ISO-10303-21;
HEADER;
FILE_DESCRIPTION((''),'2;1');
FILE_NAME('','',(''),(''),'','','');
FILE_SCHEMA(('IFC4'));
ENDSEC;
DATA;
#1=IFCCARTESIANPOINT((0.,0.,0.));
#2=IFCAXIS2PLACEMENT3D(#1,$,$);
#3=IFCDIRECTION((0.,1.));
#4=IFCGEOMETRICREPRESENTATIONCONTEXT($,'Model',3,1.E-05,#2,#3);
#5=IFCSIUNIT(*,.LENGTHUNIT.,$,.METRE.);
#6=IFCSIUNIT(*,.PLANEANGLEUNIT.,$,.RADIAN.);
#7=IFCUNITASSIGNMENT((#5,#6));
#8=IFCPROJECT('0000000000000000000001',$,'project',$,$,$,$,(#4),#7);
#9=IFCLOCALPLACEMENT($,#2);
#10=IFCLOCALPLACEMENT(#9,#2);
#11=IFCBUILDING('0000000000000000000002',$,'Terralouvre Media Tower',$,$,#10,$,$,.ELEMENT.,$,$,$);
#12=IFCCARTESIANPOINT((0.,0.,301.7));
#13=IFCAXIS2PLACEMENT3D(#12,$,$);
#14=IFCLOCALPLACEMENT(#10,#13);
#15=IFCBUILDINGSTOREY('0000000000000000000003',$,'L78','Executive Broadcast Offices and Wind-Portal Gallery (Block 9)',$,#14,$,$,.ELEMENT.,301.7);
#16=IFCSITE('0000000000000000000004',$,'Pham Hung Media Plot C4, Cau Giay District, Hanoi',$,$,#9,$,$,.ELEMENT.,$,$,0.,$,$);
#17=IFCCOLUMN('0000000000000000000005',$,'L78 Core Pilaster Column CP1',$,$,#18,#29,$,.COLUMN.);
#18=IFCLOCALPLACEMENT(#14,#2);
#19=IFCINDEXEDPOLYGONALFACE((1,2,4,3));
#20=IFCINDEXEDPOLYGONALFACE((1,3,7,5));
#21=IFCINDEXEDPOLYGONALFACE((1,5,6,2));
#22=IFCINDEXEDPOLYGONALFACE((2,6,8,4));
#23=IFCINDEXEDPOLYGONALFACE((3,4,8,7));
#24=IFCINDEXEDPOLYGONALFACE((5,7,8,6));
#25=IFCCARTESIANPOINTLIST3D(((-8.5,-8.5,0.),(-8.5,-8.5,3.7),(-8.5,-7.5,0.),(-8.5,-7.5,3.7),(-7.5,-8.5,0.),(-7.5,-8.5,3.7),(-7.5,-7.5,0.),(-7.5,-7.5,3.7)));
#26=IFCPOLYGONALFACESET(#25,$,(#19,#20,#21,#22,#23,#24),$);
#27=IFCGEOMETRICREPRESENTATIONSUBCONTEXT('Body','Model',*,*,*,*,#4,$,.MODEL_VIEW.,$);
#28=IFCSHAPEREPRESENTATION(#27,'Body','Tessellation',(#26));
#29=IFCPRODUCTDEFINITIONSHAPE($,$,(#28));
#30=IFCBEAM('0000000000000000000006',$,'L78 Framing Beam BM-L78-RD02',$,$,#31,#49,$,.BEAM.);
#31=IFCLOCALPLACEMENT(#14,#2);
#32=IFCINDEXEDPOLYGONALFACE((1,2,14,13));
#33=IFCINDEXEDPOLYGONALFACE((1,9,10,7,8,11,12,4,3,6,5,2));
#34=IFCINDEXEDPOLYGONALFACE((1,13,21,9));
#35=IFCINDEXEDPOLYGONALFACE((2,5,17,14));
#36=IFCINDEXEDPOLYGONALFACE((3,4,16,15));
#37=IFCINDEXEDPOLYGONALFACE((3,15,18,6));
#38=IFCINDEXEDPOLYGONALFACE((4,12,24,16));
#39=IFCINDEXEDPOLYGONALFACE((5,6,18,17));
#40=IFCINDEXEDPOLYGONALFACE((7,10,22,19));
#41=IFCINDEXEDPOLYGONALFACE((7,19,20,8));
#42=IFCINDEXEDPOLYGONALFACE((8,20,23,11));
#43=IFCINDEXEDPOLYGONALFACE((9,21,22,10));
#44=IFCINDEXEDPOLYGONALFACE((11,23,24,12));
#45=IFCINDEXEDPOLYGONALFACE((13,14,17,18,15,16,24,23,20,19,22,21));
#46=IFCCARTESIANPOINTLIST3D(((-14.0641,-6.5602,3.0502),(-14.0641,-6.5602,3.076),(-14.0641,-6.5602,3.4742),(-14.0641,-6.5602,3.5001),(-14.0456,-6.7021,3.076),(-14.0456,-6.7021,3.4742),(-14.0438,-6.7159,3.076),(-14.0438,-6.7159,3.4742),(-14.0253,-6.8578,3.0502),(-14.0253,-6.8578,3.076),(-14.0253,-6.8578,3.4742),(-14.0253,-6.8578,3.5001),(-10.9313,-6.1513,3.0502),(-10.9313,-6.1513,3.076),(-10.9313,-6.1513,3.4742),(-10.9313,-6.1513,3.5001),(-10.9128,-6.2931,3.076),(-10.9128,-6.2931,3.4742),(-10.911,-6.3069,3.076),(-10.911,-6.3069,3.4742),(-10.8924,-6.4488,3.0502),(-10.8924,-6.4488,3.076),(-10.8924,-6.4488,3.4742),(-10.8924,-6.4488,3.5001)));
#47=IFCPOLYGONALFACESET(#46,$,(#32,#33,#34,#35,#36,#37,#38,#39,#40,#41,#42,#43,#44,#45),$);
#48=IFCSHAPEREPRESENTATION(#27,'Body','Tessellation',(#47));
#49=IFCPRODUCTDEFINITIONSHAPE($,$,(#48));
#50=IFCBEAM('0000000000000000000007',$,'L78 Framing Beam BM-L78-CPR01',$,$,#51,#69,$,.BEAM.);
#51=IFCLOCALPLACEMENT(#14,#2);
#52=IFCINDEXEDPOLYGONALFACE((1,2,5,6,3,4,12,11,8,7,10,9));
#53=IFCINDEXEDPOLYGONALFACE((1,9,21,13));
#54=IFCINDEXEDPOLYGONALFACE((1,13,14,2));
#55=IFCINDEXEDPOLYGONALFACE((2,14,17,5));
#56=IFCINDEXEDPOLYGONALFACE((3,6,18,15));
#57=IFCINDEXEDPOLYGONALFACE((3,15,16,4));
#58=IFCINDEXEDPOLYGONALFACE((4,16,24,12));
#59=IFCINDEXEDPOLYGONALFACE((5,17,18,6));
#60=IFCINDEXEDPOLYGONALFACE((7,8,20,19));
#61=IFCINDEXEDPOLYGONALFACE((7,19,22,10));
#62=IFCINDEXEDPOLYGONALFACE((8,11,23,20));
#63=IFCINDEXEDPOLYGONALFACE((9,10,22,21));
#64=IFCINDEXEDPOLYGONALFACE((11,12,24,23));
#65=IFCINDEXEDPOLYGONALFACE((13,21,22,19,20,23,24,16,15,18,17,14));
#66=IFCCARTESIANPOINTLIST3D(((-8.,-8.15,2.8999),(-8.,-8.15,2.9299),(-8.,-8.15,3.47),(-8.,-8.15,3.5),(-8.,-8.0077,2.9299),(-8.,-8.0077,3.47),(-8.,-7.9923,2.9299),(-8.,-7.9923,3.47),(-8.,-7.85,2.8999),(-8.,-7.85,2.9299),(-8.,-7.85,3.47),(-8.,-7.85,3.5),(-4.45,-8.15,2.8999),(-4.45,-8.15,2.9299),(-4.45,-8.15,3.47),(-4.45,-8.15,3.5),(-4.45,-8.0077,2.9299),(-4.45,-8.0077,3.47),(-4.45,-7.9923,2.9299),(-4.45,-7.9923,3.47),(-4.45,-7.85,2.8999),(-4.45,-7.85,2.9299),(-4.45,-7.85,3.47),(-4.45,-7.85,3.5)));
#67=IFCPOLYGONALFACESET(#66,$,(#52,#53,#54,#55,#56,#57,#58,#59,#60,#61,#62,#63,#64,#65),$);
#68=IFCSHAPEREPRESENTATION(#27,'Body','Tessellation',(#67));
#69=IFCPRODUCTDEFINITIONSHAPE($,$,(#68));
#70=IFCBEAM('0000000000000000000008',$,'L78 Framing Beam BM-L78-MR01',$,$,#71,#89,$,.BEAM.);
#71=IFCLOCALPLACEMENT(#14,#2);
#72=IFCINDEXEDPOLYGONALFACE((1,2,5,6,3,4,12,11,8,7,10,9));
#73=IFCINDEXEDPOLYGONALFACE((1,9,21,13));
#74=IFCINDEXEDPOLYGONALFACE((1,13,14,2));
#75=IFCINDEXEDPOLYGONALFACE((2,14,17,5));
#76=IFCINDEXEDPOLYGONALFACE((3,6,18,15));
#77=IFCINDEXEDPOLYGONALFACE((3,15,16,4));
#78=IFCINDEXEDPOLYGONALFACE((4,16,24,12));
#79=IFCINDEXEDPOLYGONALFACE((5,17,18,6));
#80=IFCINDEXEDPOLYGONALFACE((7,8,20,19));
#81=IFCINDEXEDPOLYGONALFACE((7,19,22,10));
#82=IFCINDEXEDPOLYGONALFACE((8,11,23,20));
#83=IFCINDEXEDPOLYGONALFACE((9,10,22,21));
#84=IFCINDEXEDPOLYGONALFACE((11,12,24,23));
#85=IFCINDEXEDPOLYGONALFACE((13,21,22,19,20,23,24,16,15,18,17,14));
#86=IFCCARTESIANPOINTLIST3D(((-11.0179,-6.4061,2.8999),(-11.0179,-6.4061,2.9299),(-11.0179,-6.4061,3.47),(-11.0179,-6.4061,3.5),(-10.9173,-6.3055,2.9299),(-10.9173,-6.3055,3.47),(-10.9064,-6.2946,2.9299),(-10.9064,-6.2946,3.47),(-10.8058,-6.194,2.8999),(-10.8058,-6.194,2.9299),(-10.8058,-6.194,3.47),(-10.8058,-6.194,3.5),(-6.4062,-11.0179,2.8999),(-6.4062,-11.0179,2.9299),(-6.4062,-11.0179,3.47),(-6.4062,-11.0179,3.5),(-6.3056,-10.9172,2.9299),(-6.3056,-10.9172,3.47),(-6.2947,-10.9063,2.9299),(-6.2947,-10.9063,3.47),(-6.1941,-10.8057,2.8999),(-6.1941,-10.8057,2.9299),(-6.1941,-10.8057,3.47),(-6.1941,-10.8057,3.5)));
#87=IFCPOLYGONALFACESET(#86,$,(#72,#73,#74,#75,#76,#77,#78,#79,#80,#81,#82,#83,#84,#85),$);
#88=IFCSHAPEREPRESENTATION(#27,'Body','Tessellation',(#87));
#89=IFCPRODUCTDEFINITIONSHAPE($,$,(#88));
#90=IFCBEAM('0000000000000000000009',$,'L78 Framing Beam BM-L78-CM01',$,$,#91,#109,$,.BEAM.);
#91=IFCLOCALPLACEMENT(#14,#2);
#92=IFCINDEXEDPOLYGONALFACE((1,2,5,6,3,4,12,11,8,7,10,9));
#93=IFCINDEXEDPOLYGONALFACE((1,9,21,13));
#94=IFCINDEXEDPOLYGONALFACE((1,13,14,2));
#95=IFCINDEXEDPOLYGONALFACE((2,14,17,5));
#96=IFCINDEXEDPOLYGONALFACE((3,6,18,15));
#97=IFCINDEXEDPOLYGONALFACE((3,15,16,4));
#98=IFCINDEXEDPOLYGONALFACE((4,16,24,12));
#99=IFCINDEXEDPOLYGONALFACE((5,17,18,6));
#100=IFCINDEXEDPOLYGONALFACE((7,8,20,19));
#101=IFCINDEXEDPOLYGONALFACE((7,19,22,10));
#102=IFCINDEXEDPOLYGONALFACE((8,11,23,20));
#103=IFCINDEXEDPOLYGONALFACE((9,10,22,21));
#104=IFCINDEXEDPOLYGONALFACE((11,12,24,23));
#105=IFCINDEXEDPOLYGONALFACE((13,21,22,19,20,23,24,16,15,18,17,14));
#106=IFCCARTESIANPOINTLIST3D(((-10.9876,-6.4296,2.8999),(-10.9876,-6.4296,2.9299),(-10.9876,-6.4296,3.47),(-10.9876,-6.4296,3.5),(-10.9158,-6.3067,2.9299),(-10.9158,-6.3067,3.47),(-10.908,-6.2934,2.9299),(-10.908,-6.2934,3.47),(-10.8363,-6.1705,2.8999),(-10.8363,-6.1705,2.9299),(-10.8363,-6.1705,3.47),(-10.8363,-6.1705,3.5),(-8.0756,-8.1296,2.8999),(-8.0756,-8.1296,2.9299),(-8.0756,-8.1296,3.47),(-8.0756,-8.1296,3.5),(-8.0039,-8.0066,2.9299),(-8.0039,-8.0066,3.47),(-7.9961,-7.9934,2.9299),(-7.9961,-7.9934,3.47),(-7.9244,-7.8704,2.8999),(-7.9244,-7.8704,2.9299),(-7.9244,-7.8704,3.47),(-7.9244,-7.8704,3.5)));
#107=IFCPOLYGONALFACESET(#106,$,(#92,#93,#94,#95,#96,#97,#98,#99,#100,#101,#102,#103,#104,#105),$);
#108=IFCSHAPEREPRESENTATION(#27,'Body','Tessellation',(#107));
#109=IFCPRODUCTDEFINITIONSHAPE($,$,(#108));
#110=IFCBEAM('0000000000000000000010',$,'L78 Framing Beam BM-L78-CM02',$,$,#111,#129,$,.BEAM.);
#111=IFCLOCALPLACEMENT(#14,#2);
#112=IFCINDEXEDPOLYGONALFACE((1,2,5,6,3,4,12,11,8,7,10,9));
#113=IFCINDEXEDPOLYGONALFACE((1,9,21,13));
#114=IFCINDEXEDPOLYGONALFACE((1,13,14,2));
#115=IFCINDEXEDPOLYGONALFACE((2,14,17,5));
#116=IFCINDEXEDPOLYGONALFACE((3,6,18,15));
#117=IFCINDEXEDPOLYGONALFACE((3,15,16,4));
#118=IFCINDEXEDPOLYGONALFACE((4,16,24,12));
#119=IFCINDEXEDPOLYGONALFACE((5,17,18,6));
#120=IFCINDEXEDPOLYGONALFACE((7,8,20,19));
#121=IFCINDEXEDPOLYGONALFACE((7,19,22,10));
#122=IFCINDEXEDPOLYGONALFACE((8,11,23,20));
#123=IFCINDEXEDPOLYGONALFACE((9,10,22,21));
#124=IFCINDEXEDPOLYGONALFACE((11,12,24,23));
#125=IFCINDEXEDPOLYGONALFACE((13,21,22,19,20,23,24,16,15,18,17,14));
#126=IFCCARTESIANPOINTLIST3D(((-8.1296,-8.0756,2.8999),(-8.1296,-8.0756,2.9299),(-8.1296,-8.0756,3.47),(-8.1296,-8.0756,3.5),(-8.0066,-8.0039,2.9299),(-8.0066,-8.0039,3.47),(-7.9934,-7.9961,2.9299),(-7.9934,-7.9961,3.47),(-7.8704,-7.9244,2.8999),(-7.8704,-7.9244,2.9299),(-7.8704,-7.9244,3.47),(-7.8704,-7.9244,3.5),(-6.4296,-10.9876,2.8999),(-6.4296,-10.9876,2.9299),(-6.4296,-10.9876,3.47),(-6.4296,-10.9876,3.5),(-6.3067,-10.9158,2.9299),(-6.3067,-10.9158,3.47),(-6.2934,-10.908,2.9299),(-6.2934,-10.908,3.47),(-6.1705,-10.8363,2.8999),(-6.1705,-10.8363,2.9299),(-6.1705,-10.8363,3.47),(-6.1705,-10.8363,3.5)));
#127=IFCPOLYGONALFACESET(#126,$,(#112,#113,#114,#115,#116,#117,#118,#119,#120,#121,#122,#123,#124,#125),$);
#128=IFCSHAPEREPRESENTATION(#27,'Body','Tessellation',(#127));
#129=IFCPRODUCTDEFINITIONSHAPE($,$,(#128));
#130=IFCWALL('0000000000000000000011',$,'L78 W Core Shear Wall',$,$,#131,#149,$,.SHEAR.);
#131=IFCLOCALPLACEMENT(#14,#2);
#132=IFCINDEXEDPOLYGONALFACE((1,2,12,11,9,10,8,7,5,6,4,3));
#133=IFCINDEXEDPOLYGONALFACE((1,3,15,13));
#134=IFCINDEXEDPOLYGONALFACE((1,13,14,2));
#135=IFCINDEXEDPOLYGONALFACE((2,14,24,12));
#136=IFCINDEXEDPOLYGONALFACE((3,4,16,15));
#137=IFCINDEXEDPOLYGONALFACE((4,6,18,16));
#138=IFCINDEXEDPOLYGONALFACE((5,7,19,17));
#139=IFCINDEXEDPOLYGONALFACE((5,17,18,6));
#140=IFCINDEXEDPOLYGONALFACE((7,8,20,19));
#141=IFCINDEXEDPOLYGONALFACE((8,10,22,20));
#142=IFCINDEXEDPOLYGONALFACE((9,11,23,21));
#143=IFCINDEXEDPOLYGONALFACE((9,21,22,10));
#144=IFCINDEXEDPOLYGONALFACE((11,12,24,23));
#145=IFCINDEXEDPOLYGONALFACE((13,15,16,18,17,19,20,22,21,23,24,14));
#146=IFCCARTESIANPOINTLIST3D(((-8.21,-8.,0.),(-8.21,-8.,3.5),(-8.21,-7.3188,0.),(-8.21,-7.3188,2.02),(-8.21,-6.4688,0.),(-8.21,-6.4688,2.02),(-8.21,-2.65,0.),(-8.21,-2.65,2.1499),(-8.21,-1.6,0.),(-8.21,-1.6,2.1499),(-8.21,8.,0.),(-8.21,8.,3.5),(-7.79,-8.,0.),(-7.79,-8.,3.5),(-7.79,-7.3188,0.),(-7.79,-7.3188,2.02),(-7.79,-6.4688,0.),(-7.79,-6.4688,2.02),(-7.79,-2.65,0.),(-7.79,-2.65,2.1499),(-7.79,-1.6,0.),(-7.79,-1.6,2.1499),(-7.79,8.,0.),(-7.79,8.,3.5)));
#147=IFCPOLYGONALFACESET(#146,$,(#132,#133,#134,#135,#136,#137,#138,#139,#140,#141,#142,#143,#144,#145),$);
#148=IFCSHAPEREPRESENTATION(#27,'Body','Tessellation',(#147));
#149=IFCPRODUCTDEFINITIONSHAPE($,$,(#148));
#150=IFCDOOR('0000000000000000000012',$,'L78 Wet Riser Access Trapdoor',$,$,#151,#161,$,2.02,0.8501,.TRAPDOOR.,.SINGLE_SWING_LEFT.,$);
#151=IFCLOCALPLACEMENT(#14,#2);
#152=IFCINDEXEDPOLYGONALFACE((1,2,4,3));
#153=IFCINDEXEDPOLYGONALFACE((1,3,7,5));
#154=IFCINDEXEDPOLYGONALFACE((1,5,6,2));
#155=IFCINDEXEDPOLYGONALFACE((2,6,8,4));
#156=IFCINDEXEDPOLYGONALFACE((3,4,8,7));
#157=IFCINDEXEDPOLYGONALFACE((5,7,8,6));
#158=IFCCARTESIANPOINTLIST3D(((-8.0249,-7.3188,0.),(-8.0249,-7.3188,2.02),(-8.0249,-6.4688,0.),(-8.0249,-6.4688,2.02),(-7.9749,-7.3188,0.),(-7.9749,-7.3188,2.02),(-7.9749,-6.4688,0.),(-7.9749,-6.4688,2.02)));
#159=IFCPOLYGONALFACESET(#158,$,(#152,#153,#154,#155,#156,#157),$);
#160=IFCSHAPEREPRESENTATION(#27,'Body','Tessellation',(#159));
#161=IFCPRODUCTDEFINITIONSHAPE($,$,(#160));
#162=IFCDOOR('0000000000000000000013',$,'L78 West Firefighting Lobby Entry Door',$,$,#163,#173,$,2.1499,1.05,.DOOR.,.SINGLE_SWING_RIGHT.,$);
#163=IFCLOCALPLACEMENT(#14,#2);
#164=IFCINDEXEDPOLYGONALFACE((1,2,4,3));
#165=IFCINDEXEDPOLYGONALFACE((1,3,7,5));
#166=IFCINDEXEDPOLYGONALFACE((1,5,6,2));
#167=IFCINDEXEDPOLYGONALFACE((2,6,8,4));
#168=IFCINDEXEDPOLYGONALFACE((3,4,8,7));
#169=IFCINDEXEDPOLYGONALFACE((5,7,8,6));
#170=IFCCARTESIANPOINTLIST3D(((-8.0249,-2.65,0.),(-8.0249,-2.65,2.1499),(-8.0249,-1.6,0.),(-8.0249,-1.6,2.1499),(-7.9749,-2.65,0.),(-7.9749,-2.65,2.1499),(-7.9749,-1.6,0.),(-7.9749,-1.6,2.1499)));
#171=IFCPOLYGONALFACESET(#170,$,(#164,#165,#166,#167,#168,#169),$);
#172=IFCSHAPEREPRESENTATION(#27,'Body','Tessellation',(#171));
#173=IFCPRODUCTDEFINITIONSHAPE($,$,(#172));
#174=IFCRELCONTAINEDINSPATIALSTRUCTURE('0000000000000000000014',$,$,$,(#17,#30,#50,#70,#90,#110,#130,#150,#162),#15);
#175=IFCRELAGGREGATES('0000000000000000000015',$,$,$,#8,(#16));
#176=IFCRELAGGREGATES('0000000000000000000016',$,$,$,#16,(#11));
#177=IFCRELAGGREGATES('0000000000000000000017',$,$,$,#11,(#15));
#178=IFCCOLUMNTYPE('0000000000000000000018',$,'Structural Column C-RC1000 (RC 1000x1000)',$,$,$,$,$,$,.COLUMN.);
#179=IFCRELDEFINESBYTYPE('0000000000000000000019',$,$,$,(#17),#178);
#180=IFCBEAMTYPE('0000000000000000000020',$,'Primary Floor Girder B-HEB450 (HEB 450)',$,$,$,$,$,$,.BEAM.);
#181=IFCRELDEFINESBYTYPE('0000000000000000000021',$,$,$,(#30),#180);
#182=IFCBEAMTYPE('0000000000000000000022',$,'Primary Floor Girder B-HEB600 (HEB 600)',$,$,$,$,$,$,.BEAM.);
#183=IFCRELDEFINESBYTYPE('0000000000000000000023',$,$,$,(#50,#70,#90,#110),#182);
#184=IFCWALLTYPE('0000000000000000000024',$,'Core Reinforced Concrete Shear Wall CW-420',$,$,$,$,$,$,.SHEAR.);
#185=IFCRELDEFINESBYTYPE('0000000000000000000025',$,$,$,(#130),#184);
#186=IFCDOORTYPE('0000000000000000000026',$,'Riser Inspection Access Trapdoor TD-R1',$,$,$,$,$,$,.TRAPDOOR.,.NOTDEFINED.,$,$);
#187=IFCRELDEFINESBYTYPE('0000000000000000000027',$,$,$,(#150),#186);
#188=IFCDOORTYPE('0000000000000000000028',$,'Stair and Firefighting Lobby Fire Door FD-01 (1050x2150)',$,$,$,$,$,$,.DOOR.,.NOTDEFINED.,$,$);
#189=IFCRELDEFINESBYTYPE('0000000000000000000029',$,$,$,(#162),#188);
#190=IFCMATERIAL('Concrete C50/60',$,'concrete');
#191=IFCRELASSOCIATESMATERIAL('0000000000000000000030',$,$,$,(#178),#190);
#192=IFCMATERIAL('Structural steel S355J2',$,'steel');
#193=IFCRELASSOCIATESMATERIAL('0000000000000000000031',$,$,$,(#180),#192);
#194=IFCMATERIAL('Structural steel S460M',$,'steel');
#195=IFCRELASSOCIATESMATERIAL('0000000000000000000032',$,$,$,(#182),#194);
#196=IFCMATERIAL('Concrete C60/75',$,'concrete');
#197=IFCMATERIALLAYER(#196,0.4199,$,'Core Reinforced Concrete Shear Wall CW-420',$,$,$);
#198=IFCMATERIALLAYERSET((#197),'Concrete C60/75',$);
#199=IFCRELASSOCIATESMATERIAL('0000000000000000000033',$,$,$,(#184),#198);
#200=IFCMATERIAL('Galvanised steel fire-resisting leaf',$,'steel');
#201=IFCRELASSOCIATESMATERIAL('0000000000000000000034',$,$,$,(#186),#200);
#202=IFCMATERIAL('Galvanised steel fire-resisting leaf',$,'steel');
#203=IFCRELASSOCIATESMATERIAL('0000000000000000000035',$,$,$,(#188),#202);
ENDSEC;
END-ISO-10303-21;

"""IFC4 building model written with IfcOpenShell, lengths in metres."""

from ifc_helpers import new_model, si_unit, direction, frame, frame_2d, origin, origin_2d, place, context, subcontext, project, spatial, rectangle, i_section, extrude, material, layer, layer_set, material_profile, profile_set, type_object, element, fill, save


model = new_model("IFC4")

# Units and contexts
model_context = context("Model", 3, precision=1e-05, world=origin(), true_north=direction((0.0, 1.0)))
body_context = subcontext(model_context, "Body", "Model", "MODEL_VIEW")
ifc_project = project(units=[si_unit("LENGTHUNIT", "METRE"), si_unit("PLANEANGLEUNIT", "RADIAN")], contexts=[model_context])

# Site, building, storey
site_placement = place(None, origin())
site = spatial("IfcSite", under=ifc_project, at=site_placement, Name="Pham Hung Media Plot C4, Cau Giay District, Hanoi", CompositionType="ELEMENT", RefElevation=0.0)
building_placement = place(site_placement, origin())
building = spatial("IfcBuilding", under=site, at=building_placement, Name="Terralouvre Media Tower", CompositionType="ELEMENT")
storey_placement = place(building_placement, frame((0.0, 0.0, 301.7)))
storey = spatial("IfcBuildingStorey", under=building, at=storey_placement, Name="L78", Description="Executive Broadcast Offices and Wind-Portal Gallery (Block 9)", CompositionType="ELEMENT", Elevation=301.7)

# Column
ifc_material_1 = material(Name="Concrete C50/60", Category="concrete")
ifc_material_profile_1 = material_profile(ifc_material_1, rectangle(XDim=1.0, YDim=1.0, at=origin_2d()), Name="RC 1000x1000")
ifc_profile_set_1 = profile_set([ifc_material_profile_1], Name="Concrete C50/60")
column_type = type_object("IfcColumnType", Name="Structural Column C-RC1000 (RC 1000x1000)", PredefinedType="COLUMN", material=ifc_profile_set_1)
column_placement = place(storey_placement, frame((-8.0, -8.0, 0.0), z_axis=(0.0, 0.0, 1.0), x_axis=(1.0, 0.0, 0.0)))
element("IfcColumn", 1, at=column_placement, inside=storey, type_object=column_type, Name="L78 Core Pilaster Column CP1", PredefinedType="COLUMN", context=body_context, shape_type="SweptSolid", body=[
    extrude(rectangle(XDim=1.0, YDim=1.0, at=origin_2d()), origin(), (0.0, 0.0, 1.0), 3.7),
])

# Beams
ifc_material_2 = material(Name="Structural steel S355J2", Category="steel")
ifc_material_profile_2 = material_profile(ifc_material_2, i_section(OverallWidth=0.3, OverallDepth=0.45, WebThickness=0.0139, FlangeThickness=0.0259, at=origin_2d()), Name="HEB 450")
ifc_profile_set_2 = profile_set([ifc_material_profile_2], Name="Structural steel S355J2")
beam_type_1 = type_object("IfcBeamType", Name="Primary Floor Girder B-HEB450 (HEB 450)", PredefinedType="BEAM", material=ifc_profile_set_2)
beam_1_placement = place(storey_placement, frame((-10.9119, -6.3, 3.2751), z_axis=(-0.991588, -0.129435, 0.0), x_axis=(0.129435, -0.991588, 0.0)))
element("IfcBeam", 2, at=beam_1_placement, inside=storey, type_object=beam_type_1, Name="L78 Framing Beam BM-L78-RD02", PredefinedType="BEAM", context=body_context, shape_type="SweptSolid", body=[
    extrude(i_section(OverallWidth=0.3, OverallDepth=0.45, WebThickness=0.0139, FlangeThickness=0.0259, at=origin_2d()), origin(), (0.0, 0.0, 1.0), 3.1594),
])
ifc_material_3 = material(Name="Structural steel S460M", Category="steel")
ifc_material_profile_3 = material_profile(ifc_material_3, i_section(OverallWidth=0.3, OverallDepth=0.6001, WebThickness=0.0154, FlangeThickness=0.03, at=origin_2d()), Name="HEB 600")
ifc_profile_set_3 = profile_set([ifc_material_profile_3], Name="Structural steel S460M")
beam_type_2 = type_object("IfcBeamType", Name="Primary Floor Girder B-HEB600 (HEB 600)", PredefinedType="BEAM", material=ifc_profile_set_3)
beam_2_placement = place(storey_placement, frame((-8.0, -8.0, 3.2), z_axis=(1.0, 0.0, 0.0), x_axis=(0.0, 1.0, 0.0)))
element("IfcBeam", 3, at=beam_2_placement, inside=storey, type_object=beam_type_2, Name="L78 Framing Beam BM-L78-CPR01", PredefinedType="BEAM", context=body_context, shape_type="SweptSolid", body=[
    extrude(i_section(OverallWidth=0.3, OverallDepth=0.6001, WebThickness=0.0154, FlangeThickness=0.03, at=origin_2d()), origin(), (0.0, 0.0, 1.0), 3.55),
])
beam_3_placement = place(storey_placement, frame((-10.9119, -6.3, 3.2), z_axis=(0.707107, -0.707107, 0.0), x_axis=(0.707107, 0.707107, 0.0)))
element("IfcBeam", 4, at=beam_3_placement, inside=storey, type_object=beam_type_2, Name="L78 Framing Beam BM-L78-MR01", PredefinedType="BEAM", context=body_context, shape_type="SweptSolid", body=[
    extrude(i_section(OverallWidth=0.3, OverallDepth=0.6001, WebThickness=0.0154, FlangeThickness=0.03, at=origin_2d()), origin(), (0.0, 0.0, 1.0), 6.522),
])
for number, where, z_axis, x_axis, name in (
    (5, (-8.0, -8.0, 3.2), (-0.863603, 0.504173, 0.0), (-0.504173, -0.863603, 0.0), "L78 Framing Beam BM-L78-CM01"),
    (6, (-8.0, -8.0, 3.2), (0.504173, -0.863603, 0.0), (0.863603, 0.504173, 0.0), "L78 Framing Beam BM-L78-CM02"),
):
    element("IfcBeam", number, at=place(storey_placement, frame(where, z_axis=z_axis, x_axis=x_axis)), inside=storey, type_object=beam_type_2, Name=name, PredefinedType="BEAM", context=body_context, shape_type="SweptSolid", body=[
        extrude(i_section(OverallWidth=0.3, OverallDepth=0.6001, WebThickness=0.0154, FlangeThickness=0.03, at=origin_2d()), origin(), (0.0, 0.0, 1.0), 3.3718),
    ])

# Wall, openings, doors
ifc_material_4 = material(Name="Concrete C60/75", Category="concrete")
ifc_layer_1 = layer(ifc_material_4, 0.4199, Name="Core Reinforced Concrete Shear Wall CW-420")
ifc_layer_set_1 = layer_set([ifc_layer_1], Name="Concrete C60/75")
wall_type_1 = type_object("IfcWallType", Name="Core Reinforced Concrete Shear Wall CW-420", PredefinedType="SHEAR", material=ifc_layer_set_1)
wall_1_placement = place(storey_placement, frame((-8.0, -8.0, 0.0), z_axis=(0.0, 0.0, 1.0), x_axis=(0.0, 1.0, 0.0)))
wall_1 = element("IfcWall", 7, at=wall_1_placement, inside=storey, type_object=wall_type_1, Name="L78 W Core Shear Wall", PredefinedType="SHEAR", context=body_context, shape_type="SweptSolid", body=[
    extrude(rectangle(XDim=16.0, YDim=0.4199, at=frame_2d((8.0, 0.0))), origin(), (0.0, 0.0, 1.0), 3.5),
])
opening_1_placement = place(wall_1_placement, frame((0.6812, 0.0, 0.0)))
opening_1 = element("IfcOpeningElement", 8, at=opening_1_placement, cuts=wall_1, PredefinedType="OPENING", context=body_context, shape_type="SweptSolid", body=[
    extrude(rectangle(XDim=0.8501, YDim=2.02, at=frame_2d((0.425, 1.01))), frame((0.0, 0.22, 0.0), z_axis=(0.0, -1.0, 0.0), x_axis=(1.0, 0.0, 0.0)), (0.0, 0.0, 1.0), 0.4399),
])
opening_2_placement = place(wall_1_placement, frame((5.3501, 0.0, 0.0)))
opening_2 = element("IfcOpeningElement", 9, at=opening_2_placement, cuts=wall_1, PredefinedType="OPENING", context=body_context, shape_type="SweptSolid", body=[
    extrude(rectangle(XDim=1.05, YDim=2.1499, at=frame_2d((0.5249, 1.075))), frame((0.0, 0.22, 0.0), z_axis=(0.0, -1.0, 0.0), x_axis=(1.0, 0.0, 0.0)), (0.0, 0.0, 1.0), 0.4399),
])
ifc_material_5 = material(Name="Galvanised steel fire-resisting leaf", Category="steel")
door_type_1 = type_object("IfcDoorType", Name="Riser Inspection Access Trapdoor TD-R1", OperationType="NOTDEFINED", PredefinedType="TRAPDOOR", material=ifc_material_5)
door_1_placement = place(opening_1_placement, origin())
door_1 = element("IfcDoor", 10, at=door_1_placement, inside=storey, type_object=door_type_1, Name="L78 Wet Riser Access Trapdoor", OperationType="SINGLE_SWING_LEFT", OverallHeight=2.02, OverallWidth=0.8501, PredefinedType="TRAPDOOR", context=body_context, shape_type="SweptSolid", body=[
    extrude(rectangle(XDim=0.8501, YDim=2.02, at=frame_2d((0.425, 1.01))), frame((0.0, 0.0249, 0.0), z_axis=(0.0, -1.0, 0.0), x_axis=(1.0, 0.0, 0.0)), (0.0, 0.0, 1.0), 0.05),
])
fill(opening_1, door_1)
ifc_material_6 = material(Name="Galvanised steel fire-resisting leaf", Category="steel")
door_type_2 = type_object("IfcDoorType", Name="Stair and Firefighting Lobby Fire Door FD-01 (1050x2150)", OperationType="NOTDEFINED", PredefinedType="DOOR", material=ifc_material_6)
door_2_placement = place(opening_2_placement, origin())
door_2 = element("IfcDoor", 11, at=door_2_placement, inside=storey, type_object=door_type_2, Name="L78 West Firefighting Lobby Entry Door", OperationType="SINGLE_SWING_RIGHT", OverallHeight=2.1499, OverallWidth=1.05, PredefinedType="DOOR", context=body_context, shape_type="SweptSolid", body=[
    extrude(rectangle(XDim=1.05, YDim=2.1499, at=frame_2d((0.5249, 1.075))), frame((0.0, 0.0249, 0.0), z_axis=(0.0, -1.0, 0.0), x_axis=(1.0, 0.0, 0.0)), (0.0, 0.0, 1.0), 0.05),
])
fill(opening_2, door_2)

save(model, "model.ifc")
